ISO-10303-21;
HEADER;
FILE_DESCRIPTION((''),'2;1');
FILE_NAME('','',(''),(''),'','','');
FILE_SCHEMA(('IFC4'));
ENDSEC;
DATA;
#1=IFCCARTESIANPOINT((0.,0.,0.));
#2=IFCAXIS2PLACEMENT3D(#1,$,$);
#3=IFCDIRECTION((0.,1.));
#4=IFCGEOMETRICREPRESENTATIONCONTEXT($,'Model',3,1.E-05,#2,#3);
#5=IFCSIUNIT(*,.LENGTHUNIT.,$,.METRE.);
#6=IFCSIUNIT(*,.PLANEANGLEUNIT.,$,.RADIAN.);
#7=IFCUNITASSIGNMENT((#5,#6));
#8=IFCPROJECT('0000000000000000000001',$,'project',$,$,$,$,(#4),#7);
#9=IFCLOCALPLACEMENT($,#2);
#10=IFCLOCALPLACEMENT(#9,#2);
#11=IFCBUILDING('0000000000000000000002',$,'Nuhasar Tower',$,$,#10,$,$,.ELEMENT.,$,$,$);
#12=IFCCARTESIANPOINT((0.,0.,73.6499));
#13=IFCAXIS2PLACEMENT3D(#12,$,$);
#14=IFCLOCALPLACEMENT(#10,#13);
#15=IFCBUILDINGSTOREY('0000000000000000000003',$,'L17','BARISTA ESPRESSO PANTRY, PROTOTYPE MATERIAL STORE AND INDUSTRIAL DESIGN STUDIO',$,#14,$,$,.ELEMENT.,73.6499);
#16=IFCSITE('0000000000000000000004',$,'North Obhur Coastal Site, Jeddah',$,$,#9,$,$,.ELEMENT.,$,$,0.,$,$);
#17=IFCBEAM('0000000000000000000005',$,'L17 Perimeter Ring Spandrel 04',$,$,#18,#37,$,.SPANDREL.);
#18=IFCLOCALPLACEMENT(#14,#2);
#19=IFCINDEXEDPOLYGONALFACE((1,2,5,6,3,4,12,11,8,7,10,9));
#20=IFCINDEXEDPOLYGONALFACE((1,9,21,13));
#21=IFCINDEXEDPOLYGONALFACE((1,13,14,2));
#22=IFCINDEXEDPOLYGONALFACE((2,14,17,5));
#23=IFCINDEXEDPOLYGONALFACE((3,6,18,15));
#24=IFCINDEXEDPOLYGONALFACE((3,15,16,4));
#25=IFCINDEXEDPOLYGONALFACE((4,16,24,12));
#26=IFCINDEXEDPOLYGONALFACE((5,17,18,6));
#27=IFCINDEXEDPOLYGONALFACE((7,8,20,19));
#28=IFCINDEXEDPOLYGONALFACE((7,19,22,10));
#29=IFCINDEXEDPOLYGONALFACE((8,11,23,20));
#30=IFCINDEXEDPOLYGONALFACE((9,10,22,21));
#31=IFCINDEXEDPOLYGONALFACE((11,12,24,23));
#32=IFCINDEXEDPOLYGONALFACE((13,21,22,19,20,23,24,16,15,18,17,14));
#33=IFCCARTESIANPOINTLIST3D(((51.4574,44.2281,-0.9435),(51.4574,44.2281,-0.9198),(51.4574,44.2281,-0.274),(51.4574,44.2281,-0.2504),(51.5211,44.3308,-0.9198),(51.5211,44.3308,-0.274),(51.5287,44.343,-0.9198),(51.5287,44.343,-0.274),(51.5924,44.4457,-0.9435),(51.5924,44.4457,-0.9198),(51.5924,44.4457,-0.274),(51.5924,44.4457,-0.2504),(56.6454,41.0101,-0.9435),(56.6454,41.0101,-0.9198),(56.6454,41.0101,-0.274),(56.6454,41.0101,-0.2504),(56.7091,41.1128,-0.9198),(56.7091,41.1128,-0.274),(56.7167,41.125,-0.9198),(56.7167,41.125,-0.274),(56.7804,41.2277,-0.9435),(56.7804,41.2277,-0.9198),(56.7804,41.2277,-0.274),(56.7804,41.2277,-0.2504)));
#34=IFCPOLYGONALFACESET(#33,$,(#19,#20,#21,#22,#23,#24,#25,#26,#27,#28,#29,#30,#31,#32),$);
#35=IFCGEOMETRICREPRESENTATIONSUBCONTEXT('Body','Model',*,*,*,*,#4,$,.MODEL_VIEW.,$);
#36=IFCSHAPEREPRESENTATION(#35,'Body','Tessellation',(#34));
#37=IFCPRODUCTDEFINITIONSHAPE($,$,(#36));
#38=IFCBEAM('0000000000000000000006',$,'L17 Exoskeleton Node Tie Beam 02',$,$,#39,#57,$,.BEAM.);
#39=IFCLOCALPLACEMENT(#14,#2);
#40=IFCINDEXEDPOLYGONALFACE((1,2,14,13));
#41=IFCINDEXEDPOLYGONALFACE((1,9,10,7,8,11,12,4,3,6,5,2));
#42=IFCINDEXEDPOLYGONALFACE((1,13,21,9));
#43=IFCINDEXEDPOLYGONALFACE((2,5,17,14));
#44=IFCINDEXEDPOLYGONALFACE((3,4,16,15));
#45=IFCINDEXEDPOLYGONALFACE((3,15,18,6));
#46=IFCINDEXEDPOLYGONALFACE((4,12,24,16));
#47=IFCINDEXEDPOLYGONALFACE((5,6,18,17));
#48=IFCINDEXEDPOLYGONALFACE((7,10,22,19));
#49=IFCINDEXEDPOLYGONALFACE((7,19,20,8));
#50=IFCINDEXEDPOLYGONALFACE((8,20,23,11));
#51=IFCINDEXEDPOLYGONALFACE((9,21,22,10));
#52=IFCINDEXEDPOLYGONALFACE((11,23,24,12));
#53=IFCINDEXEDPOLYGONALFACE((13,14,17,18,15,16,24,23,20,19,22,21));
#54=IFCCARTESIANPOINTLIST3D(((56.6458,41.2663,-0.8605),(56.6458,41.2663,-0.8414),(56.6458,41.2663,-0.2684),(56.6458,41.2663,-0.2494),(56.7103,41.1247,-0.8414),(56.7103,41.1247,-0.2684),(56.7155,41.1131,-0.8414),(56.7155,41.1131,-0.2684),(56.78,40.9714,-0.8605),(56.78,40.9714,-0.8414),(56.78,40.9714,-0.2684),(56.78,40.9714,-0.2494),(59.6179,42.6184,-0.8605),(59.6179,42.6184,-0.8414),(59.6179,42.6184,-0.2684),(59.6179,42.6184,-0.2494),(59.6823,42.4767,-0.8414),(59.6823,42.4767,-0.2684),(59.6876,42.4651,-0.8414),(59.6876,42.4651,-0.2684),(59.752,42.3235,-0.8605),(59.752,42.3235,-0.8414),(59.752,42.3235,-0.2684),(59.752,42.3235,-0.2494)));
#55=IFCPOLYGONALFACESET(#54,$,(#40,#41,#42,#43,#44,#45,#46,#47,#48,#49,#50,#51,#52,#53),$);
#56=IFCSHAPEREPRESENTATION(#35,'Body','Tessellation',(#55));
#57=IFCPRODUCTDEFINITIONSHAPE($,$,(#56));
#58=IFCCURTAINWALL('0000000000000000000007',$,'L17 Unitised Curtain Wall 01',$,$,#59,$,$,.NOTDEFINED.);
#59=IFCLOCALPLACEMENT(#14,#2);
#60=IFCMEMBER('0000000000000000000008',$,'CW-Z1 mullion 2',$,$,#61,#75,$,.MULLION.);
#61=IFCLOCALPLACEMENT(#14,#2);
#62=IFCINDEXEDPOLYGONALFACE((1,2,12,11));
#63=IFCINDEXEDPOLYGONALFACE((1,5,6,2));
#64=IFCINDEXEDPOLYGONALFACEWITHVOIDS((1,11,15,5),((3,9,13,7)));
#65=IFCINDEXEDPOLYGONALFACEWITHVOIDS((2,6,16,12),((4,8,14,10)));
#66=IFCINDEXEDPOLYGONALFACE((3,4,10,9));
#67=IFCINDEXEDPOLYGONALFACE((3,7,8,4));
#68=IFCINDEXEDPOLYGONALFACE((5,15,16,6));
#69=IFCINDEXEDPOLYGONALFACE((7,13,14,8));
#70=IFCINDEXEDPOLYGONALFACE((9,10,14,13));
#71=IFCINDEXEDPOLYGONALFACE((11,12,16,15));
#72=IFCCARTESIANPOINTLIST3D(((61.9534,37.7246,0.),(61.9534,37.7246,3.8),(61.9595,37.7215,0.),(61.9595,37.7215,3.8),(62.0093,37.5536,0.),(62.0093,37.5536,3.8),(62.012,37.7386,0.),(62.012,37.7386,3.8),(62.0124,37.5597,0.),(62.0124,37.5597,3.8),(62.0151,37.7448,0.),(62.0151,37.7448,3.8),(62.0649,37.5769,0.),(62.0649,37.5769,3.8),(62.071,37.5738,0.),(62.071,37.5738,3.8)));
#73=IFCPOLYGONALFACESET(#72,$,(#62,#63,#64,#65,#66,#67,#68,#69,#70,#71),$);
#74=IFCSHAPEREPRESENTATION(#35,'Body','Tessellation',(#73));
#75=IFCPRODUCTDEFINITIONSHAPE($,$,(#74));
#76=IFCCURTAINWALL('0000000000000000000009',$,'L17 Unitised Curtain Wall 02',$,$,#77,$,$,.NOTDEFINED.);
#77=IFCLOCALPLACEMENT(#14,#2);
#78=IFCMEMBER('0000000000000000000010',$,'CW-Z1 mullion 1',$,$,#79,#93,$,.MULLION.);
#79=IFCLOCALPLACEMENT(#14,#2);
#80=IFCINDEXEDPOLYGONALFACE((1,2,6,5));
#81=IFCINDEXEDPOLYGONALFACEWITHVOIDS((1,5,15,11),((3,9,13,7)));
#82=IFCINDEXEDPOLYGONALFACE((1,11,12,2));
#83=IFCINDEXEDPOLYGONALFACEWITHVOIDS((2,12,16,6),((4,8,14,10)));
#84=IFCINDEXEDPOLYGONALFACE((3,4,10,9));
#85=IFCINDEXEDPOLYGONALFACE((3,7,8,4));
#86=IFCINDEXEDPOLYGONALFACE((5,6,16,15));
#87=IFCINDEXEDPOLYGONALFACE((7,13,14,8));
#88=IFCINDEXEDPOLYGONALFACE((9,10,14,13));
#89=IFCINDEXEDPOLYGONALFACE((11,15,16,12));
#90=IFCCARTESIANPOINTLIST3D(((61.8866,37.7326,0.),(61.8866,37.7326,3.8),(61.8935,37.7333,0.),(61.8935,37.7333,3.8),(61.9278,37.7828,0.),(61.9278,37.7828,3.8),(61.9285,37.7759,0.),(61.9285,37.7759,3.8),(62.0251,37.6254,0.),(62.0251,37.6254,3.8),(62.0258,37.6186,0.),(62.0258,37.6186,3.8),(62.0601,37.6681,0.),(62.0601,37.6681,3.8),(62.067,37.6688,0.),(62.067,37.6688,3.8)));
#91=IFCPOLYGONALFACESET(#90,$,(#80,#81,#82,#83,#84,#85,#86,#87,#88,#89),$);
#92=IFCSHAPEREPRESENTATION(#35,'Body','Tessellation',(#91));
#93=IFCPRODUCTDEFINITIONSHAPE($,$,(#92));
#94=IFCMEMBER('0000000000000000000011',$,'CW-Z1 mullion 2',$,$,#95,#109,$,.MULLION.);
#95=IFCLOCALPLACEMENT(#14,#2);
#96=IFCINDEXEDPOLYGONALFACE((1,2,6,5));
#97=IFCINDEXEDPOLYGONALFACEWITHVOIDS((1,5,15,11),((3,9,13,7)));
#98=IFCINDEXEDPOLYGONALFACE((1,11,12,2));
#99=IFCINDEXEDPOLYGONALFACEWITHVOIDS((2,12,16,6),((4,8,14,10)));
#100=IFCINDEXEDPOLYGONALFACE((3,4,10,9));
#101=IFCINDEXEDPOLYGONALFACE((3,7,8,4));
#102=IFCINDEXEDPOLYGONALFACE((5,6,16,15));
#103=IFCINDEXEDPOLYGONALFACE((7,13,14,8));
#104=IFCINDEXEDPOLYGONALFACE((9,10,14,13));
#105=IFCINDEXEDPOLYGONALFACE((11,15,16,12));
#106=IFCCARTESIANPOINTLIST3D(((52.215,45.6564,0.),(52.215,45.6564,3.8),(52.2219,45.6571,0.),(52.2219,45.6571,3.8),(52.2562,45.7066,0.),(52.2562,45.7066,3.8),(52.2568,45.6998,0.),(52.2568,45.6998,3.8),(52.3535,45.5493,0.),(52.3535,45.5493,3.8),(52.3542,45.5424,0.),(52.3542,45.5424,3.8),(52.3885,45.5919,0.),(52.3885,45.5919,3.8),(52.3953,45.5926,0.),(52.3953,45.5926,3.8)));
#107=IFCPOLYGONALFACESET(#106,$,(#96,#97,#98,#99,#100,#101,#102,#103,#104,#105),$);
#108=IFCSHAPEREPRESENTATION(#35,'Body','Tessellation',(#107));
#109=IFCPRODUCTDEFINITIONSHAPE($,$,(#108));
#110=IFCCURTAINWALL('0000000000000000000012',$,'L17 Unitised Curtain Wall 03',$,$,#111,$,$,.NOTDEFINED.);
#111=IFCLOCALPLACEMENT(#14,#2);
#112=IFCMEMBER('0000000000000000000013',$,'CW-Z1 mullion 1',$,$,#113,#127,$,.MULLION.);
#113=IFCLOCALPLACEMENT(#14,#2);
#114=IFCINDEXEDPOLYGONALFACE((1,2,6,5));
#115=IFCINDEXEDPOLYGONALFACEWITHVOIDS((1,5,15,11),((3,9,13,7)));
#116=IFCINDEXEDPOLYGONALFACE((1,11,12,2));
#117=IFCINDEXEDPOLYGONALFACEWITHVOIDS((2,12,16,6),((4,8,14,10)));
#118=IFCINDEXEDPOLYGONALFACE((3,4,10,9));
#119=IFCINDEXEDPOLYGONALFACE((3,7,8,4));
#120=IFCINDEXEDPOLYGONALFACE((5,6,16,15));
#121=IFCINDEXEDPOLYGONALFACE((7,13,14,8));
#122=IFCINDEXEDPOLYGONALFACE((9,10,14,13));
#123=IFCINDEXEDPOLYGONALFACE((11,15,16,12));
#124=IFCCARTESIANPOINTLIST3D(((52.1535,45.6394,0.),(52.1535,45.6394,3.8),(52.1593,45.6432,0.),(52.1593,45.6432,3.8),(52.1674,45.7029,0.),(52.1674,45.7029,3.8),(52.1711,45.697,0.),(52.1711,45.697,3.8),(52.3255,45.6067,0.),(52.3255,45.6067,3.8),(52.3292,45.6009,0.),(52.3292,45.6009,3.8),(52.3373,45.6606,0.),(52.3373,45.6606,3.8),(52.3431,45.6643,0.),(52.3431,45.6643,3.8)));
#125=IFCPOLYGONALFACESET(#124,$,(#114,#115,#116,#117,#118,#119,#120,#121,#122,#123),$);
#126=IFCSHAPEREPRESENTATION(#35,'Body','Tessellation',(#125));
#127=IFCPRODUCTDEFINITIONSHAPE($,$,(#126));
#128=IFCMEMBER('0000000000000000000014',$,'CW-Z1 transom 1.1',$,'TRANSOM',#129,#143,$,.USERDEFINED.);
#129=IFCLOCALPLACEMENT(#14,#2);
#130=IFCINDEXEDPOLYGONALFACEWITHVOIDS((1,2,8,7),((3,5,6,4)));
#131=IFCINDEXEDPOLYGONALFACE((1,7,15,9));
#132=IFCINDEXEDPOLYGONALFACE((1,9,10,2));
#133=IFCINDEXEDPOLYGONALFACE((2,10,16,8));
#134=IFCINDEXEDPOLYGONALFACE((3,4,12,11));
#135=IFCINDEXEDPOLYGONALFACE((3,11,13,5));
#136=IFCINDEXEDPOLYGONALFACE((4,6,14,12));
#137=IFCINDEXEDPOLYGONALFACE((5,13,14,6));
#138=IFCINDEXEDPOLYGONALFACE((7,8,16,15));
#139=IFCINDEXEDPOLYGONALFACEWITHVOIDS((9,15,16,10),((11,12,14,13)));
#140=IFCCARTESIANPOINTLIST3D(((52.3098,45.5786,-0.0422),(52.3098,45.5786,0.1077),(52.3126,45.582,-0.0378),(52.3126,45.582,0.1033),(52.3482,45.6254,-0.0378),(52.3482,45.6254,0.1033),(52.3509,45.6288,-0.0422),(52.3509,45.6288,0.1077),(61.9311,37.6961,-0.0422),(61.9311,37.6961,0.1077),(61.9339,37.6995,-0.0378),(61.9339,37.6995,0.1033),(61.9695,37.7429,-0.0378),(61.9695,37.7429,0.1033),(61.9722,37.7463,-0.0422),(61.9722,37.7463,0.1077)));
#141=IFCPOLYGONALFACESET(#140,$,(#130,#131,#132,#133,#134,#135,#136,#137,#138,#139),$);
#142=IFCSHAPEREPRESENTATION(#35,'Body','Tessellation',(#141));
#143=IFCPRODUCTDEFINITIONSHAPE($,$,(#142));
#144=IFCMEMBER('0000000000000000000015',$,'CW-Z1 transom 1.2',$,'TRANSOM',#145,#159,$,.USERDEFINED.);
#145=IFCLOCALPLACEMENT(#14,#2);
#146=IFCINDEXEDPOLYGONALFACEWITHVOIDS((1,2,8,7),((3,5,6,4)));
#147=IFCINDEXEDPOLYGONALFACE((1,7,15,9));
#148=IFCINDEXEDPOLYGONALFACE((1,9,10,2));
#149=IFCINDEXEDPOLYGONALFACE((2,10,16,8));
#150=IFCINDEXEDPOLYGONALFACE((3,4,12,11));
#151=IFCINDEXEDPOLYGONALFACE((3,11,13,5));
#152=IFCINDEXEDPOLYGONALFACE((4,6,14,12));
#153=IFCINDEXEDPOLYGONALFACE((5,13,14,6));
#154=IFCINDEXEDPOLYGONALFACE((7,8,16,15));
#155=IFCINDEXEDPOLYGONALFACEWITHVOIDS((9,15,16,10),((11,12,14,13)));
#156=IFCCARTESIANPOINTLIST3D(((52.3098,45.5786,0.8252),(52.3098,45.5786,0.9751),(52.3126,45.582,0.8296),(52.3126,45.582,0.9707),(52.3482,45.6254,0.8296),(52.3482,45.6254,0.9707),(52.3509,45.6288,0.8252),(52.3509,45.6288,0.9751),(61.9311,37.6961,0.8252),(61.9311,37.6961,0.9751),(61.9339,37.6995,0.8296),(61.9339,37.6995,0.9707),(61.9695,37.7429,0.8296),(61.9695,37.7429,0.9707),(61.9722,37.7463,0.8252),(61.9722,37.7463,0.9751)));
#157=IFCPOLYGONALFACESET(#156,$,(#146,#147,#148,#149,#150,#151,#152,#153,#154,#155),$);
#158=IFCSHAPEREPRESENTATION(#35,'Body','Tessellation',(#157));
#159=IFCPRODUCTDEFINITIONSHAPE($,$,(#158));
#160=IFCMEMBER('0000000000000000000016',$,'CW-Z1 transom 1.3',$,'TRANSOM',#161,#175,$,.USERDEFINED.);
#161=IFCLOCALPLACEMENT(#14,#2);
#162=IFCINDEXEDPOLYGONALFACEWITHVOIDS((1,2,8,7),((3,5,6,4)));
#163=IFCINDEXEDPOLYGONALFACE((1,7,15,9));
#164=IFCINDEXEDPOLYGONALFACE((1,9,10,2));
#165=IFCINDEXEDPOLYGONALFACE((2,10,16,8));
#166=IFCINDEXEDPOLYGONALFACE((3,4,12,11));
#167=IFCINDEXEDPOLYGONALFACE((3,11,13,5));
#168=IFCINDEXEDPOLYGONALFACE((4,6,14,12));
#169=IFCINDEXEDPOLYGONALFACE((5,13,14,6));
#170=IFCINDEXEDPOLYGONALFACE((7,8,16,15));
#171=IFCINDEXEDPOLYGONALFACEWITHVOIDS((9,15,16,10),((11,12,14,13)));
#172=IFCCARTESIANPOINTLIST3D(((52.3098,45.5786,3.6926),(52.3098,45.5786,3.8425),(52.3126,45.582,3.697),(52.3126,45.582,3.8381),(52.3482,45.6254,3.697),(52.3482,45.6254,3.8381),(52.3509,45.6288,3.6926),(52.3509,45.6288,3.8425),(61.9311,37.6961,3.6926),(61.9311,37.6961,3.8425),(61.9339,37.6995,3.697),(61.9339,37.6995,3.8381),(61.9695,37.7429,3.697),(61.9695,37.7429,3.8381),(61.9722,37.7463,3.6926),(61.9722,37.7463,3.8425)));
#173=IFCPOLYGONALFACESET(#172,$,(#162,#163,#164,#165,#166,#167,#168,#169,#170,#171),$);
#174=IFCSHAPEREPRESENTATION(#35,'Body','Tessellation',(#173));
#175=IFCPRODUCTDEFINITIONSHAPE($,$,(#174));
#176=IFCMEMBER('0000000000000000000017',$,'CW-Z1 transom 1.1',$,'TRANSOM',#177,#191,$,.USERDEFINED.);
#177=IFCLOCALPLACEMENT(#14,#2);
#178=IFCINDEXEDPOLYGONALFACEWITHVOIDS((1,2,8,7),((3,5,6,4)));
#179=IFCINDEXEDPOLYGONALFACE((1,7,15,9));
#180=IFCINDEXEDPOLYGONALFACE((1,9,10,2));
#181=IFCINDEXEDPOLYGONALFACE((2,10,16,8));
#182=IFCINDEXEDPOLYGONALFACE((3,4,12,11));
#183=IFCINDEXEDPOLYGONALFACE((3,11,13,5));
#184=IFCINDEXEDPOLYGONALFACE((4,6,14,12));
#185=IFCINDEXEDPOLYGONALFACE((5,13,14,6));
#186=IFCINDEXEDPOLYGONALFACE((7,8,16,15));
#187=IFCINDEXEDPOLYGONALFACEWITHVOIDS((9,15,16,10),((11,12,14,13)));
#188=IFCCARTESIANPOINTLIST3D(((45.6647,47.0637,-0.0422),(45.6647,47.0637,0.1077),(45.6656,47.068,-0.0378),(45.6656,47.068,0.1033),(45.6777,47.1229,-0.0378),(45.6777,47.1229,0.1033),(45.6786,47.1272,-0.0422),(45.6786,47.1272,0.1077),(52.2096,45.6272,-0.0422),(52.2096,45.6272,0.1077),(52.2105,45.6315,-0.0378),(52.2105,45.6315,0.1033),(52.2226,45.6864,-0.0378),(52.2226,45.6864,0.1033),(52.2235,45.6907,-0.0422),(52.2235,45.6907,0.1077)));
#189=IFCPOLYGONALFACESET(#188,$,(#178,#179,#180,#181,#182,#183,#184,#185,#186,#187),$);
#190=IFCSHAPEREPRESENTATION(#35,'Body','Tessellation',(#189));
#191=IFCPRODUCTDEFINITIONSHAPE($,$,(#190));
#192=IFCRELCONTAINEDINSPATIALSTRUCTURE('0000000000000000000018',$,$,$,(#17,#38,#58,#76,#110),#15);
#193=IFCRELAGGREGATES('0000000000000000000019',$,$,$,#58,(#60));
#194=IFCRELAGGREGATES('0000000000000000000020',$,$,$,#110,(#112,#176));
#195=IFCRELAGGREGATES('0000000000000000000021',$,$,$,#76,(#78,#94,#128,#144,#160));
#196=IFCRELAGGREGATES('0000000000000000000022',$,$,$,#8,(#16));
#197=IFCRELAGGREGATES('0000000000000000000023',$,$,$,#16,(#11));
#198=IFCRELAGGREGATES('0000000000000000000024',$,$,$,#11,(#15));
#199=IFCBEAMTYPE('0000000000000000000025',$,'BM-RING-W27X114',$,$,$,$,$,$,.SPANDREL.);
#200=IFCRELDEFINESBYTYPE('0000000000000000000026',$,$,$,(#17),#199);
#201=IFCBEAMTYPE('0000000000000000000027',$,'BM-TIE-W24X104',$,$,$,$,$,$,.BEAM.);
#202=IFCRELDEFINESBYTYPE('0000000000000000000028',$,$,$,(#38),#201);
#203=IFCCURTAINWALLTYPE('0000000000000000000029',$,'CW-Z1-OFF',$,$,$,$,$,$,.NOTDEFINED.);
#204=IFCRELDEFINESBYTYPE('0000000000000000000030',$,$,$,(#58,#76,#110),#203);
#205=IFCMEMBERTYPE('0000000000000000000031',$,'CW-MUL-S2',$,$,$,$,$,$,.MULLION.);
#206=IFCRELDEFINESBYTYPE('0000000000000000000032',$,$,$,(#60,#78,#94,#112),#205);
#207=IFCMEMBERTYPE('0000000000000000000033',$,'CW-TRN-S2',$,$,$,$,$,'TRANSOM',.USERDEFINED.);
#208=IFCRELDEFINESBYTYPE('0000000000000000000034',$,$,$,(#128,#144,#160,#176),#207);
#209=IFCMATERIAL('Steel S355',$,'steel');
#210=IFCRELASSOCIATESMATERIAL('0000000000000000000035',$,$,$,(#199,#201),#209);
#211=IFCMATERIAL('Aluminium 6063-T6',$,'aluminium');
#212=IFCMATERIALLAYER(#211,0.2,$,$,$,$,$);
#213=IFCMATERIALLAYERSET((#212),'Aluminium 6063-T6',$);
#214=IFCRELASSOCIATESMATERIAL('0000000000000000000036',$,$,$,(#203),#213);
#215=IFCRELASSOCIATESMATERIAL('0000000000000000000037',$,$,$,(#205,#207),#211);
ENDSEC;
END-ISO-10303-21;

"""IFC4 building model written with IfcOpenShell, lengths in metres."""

from ifc_helpers import new_model, si_unit, direction, frame, origin, origin_2d, place, context, subcontext, project, spatial, hollow_rectangle, i_section, extrude, material, layer, layer_set, material_profile, profile_set, type_object, element, aggregate, save


model = new_model("IFC4")

# Units and contexts
model_context = context("Model", 3, precision=1e-05, world=origin(), true_north=direction((0.0, 1.0)))
body_context = subcontext(model_context, "Body", "Model", "MODEL_VIEW")
ifc_project = project(units=[si_unit("LENGTHUNIT", "METRE"), si_unit("PLANEANGLEUNIT", "RADIAN")], contexts=[model_context])

# Site, building, storey
site_placement = place(None, origin())
site = spatial("IfcSite", under=ifc_project, at=site_placement, Name="North Obhur Coastal Site, Jeddah", CompositionType="ELEMENT", RefElevation=0.0)
building_placement = place(site_placement, origin())
building = spatial("IfcBuilding", under=site, at=building_placement, Name="Nuhasar Tower", CompositionType="ELEMENT")
storey_placement = place(building_placement, frame((0.0, 0.0, 73.6499)))
storey = spatial("IfcBuildingStorey", under=building, at=storey_placement, Name="L17", Description="BARISTA ESPRESSO PANTRY, PROTOTYPE MATERIAL STORE AND INDUSTRIAL DESIGN STUDIO", CompositionType="ELEMENT", Elevation=73.6499)

# Beams
ifc_material_1 = material(Name="Steel S355", Category="steel")
ifc_material_profile_1 = material_profile(ifc_material_1, i_section(OverallWidth=0.2561, OverallDepth=0.6931, WebThickness=0.0144, FlangeThickness=0.0237, at=origin_2d()), Name="W27X114")
ifc_profile_set_1 = profile_set([ifc_material_profile_1], Name="Steel S355")
beam_type_1 = type_object("IfcBeamType", Name="BM-RING-W27X114", PredefinedType="SPANDREL", material=ifc_profile_set_1)
beam_1_placement = place(storey_placement, frame((56.7129, 41.1189, -0.5969), z_axis=(-0.849795, 0.527113, 0.0), x_axis=(-0.527113, -0.849795, 0.0)))
element("IfcBeam", 1, at=beam_1_placement, inside=storey, type_object=beam_type_1, Name="L17 Perimeter Ring Spandrel 04", PredefinedType="SPANDREL", context=body_context, shape_type="SweptSolid", body=[
    extrude(i_section(OverallWidth=0.2561, OverallDepth=0.6931, WebThickness=0.0144, FlangeThickness=0.0237, at=origin_2d()), origin(), (0.0, 0.0, 1.0), 6.105),
])
ifc_material_profile_2 = material_profile(ifc_material_1, i_section(OverallWidth=0.324, OverallDepth=0.6111, WebThickness=0.0127, FlangeThickness=0.019, at=origin_2d()), Name="W24X104")
ifc_profile_set_2 = profile_set([ifc_material_profile_2], Name="Steel S355")
beam_type_2 = type_object("IfcBeamType", Name="BM-TIE-W24X104", PredefinedType="BEAM", material=ifc_profile_set_2)
beam_2_placement = place(storey_placement, frame((56.7129, 41.1189, -0.5549), z_axis=(0.910244, 0.414073, 0.0), x_axis=(-0.414073, 0.910244, 0.0)))
element("IfcBeam", 2, at=beam_2_placement, inside=storey, type_object=beam_type_2, Name="L17 Exoskeleton Node Tie Beam 02", PredefinedType="BEAM", context=body_context, shape_type="SweptSolid", body=[
    extrude(i_section(OverallWidth=0.324, OverallDepth=0.6111, WebThickness=0.0127, FlangeThickness=0.019, at=origin_2d()), origin(), (0.0, 0.0, 1.0), 3.2651),
])

# Curtain wall, member
ifc_material_2 = material(Name="Aluminium 6063-T6", Category="aluminium")
ifc_layer_1 = layer(ifc_material_2, 0.2)
ifc_layer_set_1 = layer_set([ifc_layer_1], Name="Aluminium 6063-T6")
curtain_wall_type = type_object("IfcCurtainWallType", Name="CW-Z1-OFF", PredefinedType="NOTDEFINED", material=ifc_layer_set_1)
curtain_wall_1_placement = place(storey_placement, origin())
curtain_wall_1 = element("IfcCurtainWall", 3, at=curtain_wall_1_placement, inside=storey, type_object=curtain_wall_type, Name="L17 Unitised Curtain Wall 01", PredefinedType="NOTDEFINED")
ifc_material_profile_3 = material_profile(ifc_material_2, hollow_rectangle(XDim=0.0649, YDim=0.1799, WallThickness=0.0049, at=origin_2d()), Name="CWM-2")
ifc_profile_set_3 = profile_set([ifc_material_profile_3], Name="Aluminium 6063-T6")
member_type_1 = type_object("IfcMemberType", Name="CW-MUL-S2", PredefinedType="MULLION", material=ifc_profile_set_3)
member_1_placement = place(storey_placement, frame((62.0122, 37.6492, 0.0), z_axis=(0.0, 0.0, 1.0), x_axis=(-0.950468, -0.310824, 0.0)))
member_1 = element("IfcMember", 4, at=member_1_placement, type_object=member_type_1, Name="CW-Z1 mullion 2", PredefinedType="MULLION", context=body_context, shape_type="SweptSolid", body=[
    extrude(hollow_rectangle(XDim=0.0649, YDim=0.1799, WallThickness=0.0049, at=origin_2d()), origin(), (0.0, 0.0, 1.0), 3.8),
])
aggregate(curtain_wall_1, [member_1])

# Curtain wall, members
curtain_wall_2_placement = place(storey_placement, origin())
curtain_wall_2 = element("IfcCurtainWall", 5, at=curtain_wall_2_placement, inside=storey, type_object=curtain_wall_type, Name="L17 Unitised Curtain Wall 02", PredefinedType="NOTDEFINED")
member_2_placement = place(storey_placement, frame((61.9768, 37.7007, 0.0), z_axis=(0.0, 0.0, 1.0), x_axis=(-0.633745, -0.773542, 0.0)))
member_2 = element("IfcMember", 6, at=member_2_placement, type_object=member_type_1, Name="CW-Z1 mullion 1", PredefinedType="MULLION", context=body_context, shape_type="SweptSolid", body=[
    extrude(hollow_rectangle(XDim=0.0649, YDim=0.1799, WallThickness=0.0049, at=origin_2d()), origin(), (0.0, 0.0, 1.0), 3.8),
])
member_3_placement = place(storey_placement, frame((52.3052, 45.6245, 0.0), z_axis=(0.0, 0.0, 1.0), x_axis=(-0.633745, -0.773542, 0.0)))
member_3 = element("IfcMember", 7, at=member_3_placement, type_object=member_type_1, Name="CW-Z1 mullion 2", PredefinedType="MULLION", context=body_context, shape_type="SweptSolid", body=[
    extrude(hollow_rectangle(XDim=0.0649, YDim=0.1799, WallThickness=0.0049, at=origin_2d()), origin(), (0.0, 0.0, 1.0), 3.8),
])

# Curtain wall, member
curtain_wall_3_placement = place(storey_placement, origin())
curtain_wall_3 = element("IfcCurtainWall", 8, at=curtain_wall_3_placement, inside=storey, type_object=curtain_wall_type, Name="L17 Unitised Curtain Wall 03", PredefinedType="NOTDEFINED")
member_4_placement = place(storey_placement, frame((52.2483, 45.6519, 0.0), z_axis=(0.0, 0.0, 1.0), x_axis=(-0.214399, -0.976746, 0.0)))
member_4 = element("IfcMember", 9, at=member_4_placement, type_object=member_type_1, Name="CW-Z1 mullion 1", PredefinedType="MULLION", context=body_context, shape_type="SweptSolid", body=[
    extrude(hollow_rectangle(XDim=0.0649, YDim=0.1799, WallThickness=0.0049, at=origin_2d()), origin(), (0.0, 0.0, 1.0), 3.8),
])

# Members
ifc_material_profile_4 = material_profile(ifc_material_2, hollow_rectangle(XDim=0.0649, YDim=0.1499, WallThickness=0.0044, at=origin_2d()), Name="CWT-2")
ifc_profile_set_4 = profile_set([ifc_material_profile_4], Name="Aluminium 6063-T6")
member_type_2 = type_object("IfcMemberType", Name="CW-TRN-S2", ElementType="TRANSOM", PredefinedType="USERDEFINED", material=ifc_profile_set_4)
member_5_placement = place(storey_placement, frame((61.9517, 37.7212, 0.0327), z_axis=(-0.773541, 0.633746, 0.0), x_axis=(-0.633746, -0.773541, 0.0)))
member_5 = element("IfcMember", 10, at=member_5_placement, type_object=member_type_2, Name="CW-Z1 transom 1.1", ObjectType="TRANSOM", PredefinedType="USERDEFINED", context=body_context, shape_type="SweptSolid", body=[
    extrude(hollow_rectangle(XDim=0.0649, YDim=0.1499, WallThickness=0.0044, at=origin_2d()), origin(), (0.0, 0.0, 1.0), 12.438),
])
member_6_placement = place(storey_placement, frame((61.9517, 37.7212, 0.9001), z_axis=(-0.773541, 0.633746, 0.0), x_axis=(-0.633746, -0.773541, 0.0)))
member_6 = element("IfcMember", 11, at=member_6_placement, type_object=member_type_2, Name="CW-Z1 transom 1.2", ObjectType="TRANSOM", PredefinedType="USERDEFINED", context=body_context, shape_type="SweptSolid", body=[
    extrude(hollow_rectangle(XDim=0.0649, YDim=0.1499, WallThickness=0.0044, at=origin_2d()), origin(), (0.0, 0.0, 1.0), 12.438),
])
member_7_placement = place(storey_placement, frame((61.9517, 37.7212, 3.7676), z_axis=(-0.773541, 0.633746, 0.0), x_axis=(-0.633746, -0.773541, 0.0)))
member_7 = element("IfcMember", 12, at=member_7_placement, type_object=member_type_2, Name="CW-Z1 transom 1.3", ObjectType="TRANSOM", PredefinedType="USERDEFINED", context=body_context, shape_type="SweptSolid", body=[
    extrude(hollow_rectangle(XDim=0.0649, YDim=0.1499, WallThickness=0.0044, at=origin_2d()), origin(), (0.0, 0.0, 1.0), 12.438),
])
member_8_placement = place(storey_placement, frame((52.2166, 45.6589, 0.0327), z_axis=(-0.97675, 0.214384, 0.0), x_axis=(-0.214384, -0.97675, 0.0)))
member_8 = element("IfcMember", 13, at=member_8_placement, type_object=member_type_2, Name="CW-Z1 transom 1.1", ObjectType="TRANSOM", PredefinedType="USERDEFINED", context=body_context, shape_type="SweptSolid", body=[
    extrude(hollow_rectangle(XDim=0.0649, YDim=0.1499, WallThickness=0.0044, at=origin_2d()), origin(), (0.0, 0.0, 1.0), 6.7007),
])
aggregate(curtain_wall_3, [member_4, member_8])

aggregate(curtain_wall_2, [member_2, member_3, member_5, member_6, member_7])

save(model, "model.ifc")
